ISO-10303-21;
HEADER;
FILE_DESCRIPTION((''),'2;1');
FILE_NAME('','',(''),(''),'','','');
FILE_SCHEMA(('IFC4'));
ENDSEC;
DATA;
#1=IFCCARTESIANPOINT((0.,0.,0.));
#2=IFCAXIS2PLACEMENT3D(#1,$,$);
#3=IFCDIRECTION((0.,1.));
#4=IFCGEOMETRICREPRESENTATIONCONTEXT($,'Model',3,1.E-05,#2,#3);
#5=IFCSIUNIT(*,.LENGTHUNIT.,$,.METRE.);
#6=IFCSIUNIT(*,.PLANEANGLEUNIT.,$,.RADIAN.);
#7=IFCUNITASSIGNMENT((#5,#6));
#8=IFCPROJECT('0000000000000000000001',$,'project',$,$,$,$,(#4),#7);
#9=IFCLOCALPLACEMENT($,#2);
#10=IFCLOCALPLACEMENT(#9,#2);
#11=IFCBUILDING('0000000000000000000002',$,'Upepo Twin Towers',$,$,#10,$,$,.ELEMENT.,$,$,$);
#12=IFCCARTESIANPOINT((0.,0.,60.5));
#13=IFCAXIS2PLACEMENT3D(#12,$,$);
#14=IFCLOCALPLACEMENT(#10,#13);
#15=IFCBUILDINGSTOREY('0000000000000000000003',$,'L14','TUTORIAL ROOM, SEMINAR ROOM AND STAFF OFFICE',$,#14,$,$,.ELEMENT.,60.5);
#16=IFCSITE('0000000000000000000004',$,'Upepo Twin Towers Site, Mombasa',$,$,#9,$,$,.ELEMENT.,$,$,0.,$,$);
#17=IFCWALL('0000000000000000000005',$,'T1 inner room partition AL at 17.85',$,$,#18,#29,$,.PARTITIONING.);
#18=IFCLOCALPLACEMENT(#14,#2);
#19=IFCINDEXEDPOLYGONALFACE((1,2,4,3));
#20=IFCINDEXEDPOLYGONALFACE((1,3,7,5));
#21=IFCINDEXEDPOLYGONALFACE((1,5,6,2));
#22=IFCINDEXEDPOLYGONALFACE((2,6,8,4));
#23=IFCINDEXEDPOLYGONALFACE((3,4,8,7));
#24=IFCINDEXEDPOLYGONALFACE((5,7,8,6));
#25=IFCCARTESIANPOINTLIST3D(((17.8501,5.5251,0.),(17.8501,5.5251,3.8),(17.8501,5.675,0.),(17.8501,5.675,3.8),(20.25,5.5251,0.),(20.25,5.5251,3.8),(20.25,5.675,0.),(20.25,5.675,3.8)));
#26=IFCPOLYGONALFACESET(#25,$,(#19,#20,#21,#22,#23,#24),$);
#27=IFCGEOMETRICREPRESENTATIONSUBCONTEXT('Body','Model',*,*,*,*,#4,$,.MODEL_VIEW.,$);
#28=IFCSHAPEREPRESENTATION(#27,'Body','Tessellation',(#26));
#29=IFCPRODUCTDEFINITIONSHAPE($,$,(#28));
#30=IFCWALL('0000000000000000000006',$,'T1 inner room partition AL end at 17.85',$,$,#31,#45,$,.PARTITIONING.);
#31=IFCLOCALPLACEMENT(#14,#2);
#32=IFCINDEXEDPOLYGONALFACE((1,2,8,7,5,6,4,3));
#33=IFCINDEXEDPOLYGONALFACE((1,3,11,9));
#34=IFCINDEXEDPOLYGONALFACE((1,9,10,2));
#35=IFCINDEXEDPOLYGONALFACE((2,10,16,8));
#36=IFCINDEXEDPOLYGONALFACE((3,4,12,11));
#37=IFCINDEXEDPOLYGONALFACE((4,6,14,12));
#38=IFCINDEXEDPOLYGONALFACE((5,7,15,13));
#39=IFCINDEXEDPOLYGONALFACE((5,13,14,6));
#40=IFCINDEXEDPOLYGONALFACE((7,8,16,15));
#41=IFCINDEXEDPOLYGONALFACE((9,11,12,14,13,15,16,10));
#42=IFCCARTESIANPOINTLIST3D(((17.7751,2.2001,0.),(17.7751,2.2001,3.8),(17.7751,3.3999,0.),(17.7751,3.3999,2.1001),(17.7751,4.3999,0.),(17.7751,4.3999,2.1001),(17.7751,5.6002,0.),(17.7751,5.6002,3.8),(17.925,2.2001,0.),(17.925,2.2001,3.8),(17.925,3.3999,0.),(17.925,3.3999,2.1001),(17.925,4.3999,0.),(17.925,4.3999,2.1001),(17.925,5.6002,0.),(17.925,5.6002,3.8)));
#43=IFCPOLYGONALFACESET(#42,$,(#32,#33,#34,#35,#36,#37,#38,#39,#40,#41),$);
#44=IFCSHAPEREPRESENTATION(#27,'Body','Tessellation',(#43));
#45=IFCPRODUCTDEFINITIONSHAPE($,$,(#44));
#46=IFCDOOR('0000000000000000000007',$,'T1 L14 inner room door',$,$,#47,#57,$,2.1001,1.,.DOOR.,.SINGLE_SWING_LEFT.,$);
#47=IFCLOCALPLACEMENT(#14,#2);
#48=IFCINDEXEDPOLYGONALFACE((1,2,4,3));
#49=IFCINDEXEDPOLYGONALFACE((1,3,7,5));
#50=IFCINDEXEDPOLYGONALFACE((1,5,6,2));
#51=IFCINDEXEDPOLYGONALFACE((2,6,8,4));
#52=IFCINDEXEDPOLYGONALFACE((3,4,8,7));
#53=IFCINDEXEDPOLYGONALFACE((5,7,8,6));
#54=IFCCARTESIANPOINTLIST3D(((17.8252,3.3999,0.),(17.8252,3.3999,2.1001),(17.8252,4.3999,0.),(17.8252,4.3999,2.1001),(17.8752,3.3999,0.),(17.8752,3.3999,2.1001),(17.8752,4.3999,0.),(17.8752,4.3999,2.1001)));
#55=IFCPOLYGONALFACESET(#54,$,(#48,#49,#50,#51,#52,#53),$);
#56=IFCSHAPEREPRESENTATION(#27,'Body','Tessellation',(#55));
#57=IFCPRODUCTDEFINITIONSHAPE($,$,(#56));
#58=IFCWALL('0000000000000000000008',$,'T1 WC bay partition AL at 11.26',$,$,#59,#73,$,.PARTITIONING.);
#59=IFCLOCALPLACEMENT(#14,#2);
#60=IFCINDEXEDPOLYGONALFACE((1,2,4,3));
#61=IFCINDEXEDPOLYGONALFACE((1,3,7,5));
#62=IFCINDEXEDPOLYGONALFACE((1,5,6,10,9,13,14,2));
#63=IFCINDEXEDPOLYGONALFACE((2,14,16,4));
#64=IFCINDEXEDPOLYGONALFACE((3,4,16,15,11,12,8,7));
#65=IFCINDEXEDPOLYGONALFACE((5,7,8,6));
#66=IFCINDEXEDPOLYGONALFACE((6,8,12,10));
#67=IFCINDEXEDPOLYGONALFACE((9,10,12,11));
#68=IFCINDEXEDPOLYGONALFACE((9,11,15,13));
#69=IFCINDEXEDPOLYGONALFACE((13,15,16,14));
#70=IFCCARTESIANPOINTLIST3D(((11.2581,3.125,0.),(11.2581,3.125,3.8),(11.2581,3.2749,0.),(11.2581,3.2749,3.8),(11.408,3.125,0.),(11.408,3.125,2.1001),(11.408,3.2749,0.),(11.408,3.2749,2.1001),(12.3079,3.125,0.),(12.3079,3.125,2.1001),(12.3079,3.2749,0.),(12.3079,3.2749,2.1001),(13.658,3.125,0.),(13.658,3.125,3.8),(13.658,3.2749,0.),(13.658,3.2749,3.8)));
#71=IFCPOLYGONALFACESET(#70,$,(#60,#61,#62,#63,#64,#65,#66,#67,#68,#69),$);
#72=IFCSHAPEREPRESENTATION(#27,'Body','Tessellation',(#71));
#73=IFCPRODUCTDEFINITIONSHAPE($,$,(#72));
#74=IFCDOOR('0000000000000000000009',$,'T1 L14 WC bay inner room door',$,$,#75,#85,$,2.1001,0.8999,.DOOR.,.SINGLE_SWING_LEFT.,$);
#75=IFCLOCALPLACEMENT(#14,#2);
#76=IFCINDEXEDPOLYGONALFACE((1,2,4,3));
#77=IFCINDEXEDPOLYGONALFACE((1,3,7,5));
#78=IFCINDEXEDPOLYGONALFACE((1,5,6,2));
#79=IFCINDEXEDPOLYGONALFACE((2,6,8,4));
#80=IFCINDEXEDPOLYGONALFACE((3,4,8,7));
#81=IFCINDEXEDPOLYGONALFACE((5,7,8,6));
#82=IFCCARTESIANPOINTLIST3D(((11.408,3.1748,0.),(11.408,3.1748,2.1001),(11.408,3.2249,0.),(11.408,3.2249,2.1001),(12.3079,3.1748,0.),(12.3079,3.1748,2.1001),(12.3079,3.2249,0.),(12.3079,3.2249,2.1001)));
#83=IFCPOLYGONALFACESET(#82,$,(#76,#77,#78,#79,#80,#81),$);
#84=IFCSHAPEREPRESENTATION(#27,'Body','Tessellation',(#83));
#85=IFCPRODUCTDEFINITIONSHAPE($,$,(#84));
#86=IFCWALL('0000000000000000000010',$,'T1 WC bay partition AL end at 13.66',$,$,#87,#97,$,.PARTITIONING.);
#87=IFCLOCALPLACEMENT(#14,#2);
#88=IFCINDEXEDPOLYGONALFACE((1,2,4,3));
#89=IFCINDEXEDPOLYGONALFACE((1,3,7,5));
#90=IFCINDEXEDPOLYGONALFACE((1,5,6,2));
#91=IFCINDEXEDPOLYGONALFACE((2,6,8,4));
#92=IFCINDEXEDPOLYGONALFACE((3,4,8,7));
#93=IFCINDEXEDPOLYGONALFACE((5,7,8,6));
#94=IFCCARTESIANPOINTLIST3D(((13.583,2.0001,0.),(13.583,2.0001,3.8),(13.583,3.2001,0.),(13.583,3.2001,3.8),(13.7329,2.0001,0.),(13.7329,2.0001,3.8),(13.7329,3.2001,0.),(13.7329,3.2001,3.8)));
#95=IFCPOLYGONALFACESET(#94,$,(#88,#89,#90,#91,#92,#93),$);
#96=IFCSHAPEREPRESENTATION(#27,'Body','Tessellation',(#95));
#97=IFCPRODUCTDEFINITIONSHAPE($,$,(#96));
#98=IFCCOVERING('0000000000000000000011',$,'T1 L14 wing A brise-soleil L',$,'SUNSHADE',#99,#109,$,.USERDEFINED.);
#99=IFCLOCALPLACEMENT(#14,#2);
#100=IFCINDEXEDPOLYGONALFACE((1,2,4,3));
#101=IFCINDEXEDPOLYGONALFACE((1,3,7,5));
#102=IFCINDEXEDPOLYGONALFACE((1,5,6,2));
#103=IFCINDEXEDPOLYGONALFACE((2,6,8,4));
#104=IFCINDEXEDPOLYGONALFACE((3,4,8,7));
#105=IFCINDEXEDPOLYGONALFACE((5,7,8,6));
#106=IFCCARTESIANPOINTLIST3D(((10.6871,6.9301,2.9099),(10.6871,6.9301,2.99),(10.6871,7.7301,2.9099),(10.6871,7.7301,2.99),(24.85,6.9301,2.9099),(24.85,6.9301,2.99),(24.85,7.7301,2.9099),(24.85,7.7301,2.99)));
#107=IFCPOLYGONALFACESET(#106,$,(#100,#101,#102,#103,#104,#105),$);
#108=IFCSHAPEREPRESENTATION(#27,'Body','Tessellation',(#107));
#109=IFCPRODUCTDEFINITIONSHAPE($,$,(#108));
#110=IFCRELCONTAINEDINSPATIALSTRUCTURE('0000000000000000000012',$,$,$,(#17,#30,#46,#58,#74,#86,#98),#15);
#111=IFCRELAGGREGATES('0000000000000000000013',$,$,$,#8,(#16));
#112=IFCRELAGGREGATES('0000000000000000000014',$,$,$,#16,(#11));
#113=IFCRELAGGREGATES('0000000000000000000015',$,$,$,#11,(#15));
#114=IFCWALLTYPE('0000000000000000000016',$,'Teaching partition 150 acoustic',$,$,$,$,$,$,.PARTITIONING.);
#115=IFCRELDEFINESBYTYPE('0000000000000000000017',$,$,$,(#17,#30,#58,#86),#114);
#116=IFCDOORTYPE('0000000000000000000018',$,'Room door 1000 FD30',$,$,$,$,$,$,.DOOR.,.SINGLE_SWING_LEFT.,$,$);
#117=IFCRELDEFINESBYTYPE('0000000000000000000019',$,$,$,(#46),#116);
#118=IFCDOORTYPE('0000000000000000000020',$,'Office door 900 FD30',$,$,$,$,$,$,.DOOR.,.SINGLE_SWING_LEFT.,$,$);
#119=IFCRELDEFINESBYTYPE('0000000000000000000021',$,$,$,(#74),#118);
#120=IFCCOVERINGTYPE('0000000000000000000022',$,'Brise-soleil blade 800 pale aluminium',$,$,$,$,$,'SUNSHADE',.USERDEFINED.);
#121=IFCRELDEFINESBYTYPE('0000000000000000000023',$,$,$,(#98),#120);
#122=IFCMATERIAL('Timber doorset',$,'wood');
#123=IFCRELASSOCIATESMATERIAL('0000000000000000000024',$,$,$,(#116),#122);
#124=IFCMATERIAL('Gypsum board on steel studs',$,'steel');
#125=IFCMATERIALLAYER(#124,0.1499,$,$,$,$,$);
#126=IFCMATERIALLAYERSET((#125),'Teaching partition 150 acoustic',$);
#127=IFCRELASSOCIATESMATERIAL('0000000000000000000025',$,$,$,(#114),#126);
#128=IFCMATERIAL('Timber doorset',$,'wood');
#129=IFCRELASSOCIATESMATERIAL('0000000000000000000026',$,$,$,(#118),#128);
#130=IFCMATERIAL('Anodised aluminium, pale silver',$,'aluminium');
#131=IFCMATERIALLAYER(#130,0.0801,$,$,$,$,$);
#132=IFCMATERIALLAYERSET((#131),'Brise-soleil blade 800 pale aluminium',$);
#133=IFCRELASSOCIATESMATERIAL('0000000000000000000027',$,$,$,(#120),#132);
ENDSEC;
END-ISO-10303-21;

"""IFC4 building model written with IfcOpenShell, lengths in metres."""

from ifc_helpers import new_model, si_unit, direction, frame, frame_2d, origin, origin_2d, place, context, subcontext, project, spatial, rectangle, extrude, material, layer, layer_set, type_object, element, fill, save


model = new_model("IFC4")

# Units and contexts
model_context = context("Model", 3, precision=1e-05, world=origin(), true_north=direction((0.0, 1.0)))
body_context = subcontext(model_context, "Body", "Model", "MODEL_VIEW")
ifc_project = project(units=[si_unit("LENGTHUNIT", "METRE"), si_unit("PLANEANGLEUNIT", "RADIAN")], contexts=[model_context])

# Site, building, storey
site_placement = place(None, origin())
site = spatial("IfcSite", under=ifc_project, at=site_placement, Name="Upepo Twin Towers Site, Mombasa", CompositionType="ELEMENT", RefElevation=0.0)
building_placement = place(site_placement, origin())
building = spatial("IfcBuilding", under=site, at=building_placement, Name="Upepo Twin Towers", CompositionType="ELEMENT")
storey_placement = place(building_placement, frame((0.0, 0.0, 60.5)))
storey = spatial("IfcBuildingStorey", under=building, at=storey_placement, Name="L14", Description="TUTORIAL ROOM, SEMINAR ROOM AND STAFF OFFICE", CompositionType="ELEMENT", Elevation=60.5)

# Shared definitions
ifc_material_1 = material(Name="Timber doorset", Category="wood")
door_type_1 = type_object("IfcDoorType", Name="Room door 1000 FD30", OperationType="SINGLE_SWING_LEFT", PredefinedType="DOOR", material=ifc_material_1)

# Wall
ifc_material_2 = material(Name="Gypsum board on steel studs", Category="steel")
ifc_layer_1 = layer(ifc_material_2, 0.1499)
ifc_layer_set_1 = layer_set([ifc_layer_1], Name="Teaching partition 150 acoustic")
wall_type_1 = type_object("IfcWallType", Name="Teaching partition 150 acoustic", PredefinedType="PARTITIONING", material=ifc_layer_set_1)
wall_1_placement = place(storey_placement, frame((17.8501, 5.6001, 0.0), z_axis=(0.0, 0.0, 1.0), x_axis=(1.0, 0.0, 0.0)))
element("IfcWall", 1, at=wall_1_placement, inside=storey, type_object=wall_type_1, Name="T1 inner room partition AL at 17.85", PredefinedType="PARTITIONING", context=body_context, shape_type="SweptSolid", body=[
    extrude(rectangle(XDim=2.3999, YDim=0.1499, at=frame_2d((1.2, 0.0))), origin(), (0.0, 0.0, 1.0), 3.8),
])

# Walls, openings, doors
wall_2_placement = place(storey_placement, frame((17.8501, 2.2, 0.0), z_axis=(0.0, 0.0, 1.0), x_axis=(0.0, 1.0, 0.0)))
wall_2 = element("IfcWall", 2, at=wall_2_placement, inside=storey, type_object=wall_type_1, Name="T1 inner room partition AL end at 17.85", PredefinedType="PARTITIONING", context=body_context, shape_type="SweptSolid", body=[
    extrude(rectangle(XDim=3.4001, YDim=0.1499, at=frame_2d((1.7002, 0.0))), origin(), (0.0, 0.0, 1.0), 3.8),
])
opening_1_placement = place(wall_2_placement, frame((1.2, 0.0, 0.0)))
opening_1 = element("IfcOpeningElement", 3, at=opening_1_placement, cuts=wall_2, PredefinedType="OPENING", context=body_context, shape_type="SweptSolid", body=[
    extrude(rectangle(XDim=1.0, YDim=2.1001, at=frame_2d((0.5, 1.05))), frame((0.0, 0.085, 0.0), z_axis=(0.0, -1.0, 0.0), x_axis=(1.0, 0.0, 0.0)), (0.0, 0.0, 1.0), 0.1699),
])
door_1_placement = place(opening_1_placement, origin())
door_1 = element("IfcDoor", 4, at=door_1_placement, inside=storey, type_object=door_type_1, Name="T1 L14 inner room door", OperationType="SINGLE_SWING_LEFT", OverallHeight=2.1001, OverallWidth=1.0, PredefinedType="DOOR", context=body_context, shape_type="SweptSolid", body=[
    extrude(rectangle(XDim=1.0, YDim=2.1001, at=frame_2d((0.5, 1.05))), frame((0.0, 0.0249, 0.0), z_axis=(0.0, -1.0, 0.0), x_axis=(1.0, 0.0, 0.0)), (0.0, 0.0, 1.0), 0.05),
])
fill(opening_1, door_1)
wall_3_placement = place(storey_placement, frame((11.2581, 3.2, 0.0), z_axis=(0.0, 0.0, 1.0), x_axis=(1.0, 0.0, 0.0)))
wall_3 = element("IfcWall", 5, at=wall_3_placement, inside=storey, type_object=wall_type_1, Name="T1 WC bay partition AL at 11.26", PredefinedType="PARTITIONING", context=body_context, shape_type="SweptSolid", body=[
    extrude(rectangle(XDim=2.3999, YDim=0.1499, at=frame_2d((1.2, 0.0))), origin(), (0.0, 0.0, 1.0), 3.8),
])
opening_2_placement = place(wall_3_placement, frame((0.1499, 0.0, 0.0)))
opening_2 = element("IfcOpeningElement", 6, at=opening_2_placement, cuts=wall_3, PredefinedType="OPENING", context=body_context, shape_type="SweptSolid", body=[
    extrude(rectangle(XDim=0.8999, YDim=2.1001, at=frame_2d((0.45, 1.05))), frame((0.0, 0.085, 0.0), z_axis=(0.0, -1.0, 0.0), x_axis=(1.0, 0.0, 0.0)), (0.0, 0.0, 1.0), 0.1699),
])
ifc_material_3 = material(Name="Timber doorset", Category="wood")
door_type_2 = type_object("IfcDoorType", Name="Office door 900 FD30", OperationType="SINGLE_SWING_LEFT", PredefinedType="DOOR", material=ifc_material_3)
door_2_placement = place(opening_2_placement, origin())
door_2 = element("IfcDoor", 7, at=door_2_placement, inside=storey, type_object=door_type_2, Name="T1 L14 WC bay inner room door", OperationType="SINGLE_SWING_LEFT", OverallHeight=2.1001, OverallWidth=0.8999, PredefinedType="DOOR", context=body_context, shape_type="SweptSolid", body=[
    extrude(rectangle(XDim=0.8999, YDim=2.1001, at=frame_2d((0.45, 1.05))), frame((0.0, 0.0249, 0.0), z_axis=(0.0, -1.0, 0.0), x_axis=(1.0, 0.0, 0.0)), (0.0, 0.0, 1.0), 0.05),
])
fill(opening_2, door_2)

# Wall
wall_4_placement = place(storey_placement, frame((13.658, 2.0, 0.0), z_axis=(0.0, 0.0, 1.0), x_axis=(0.0, 1.0, 0.0)))
element("IfcWall", 8, at=wall_4_placement, inside=storey, type_object=wall_type_1, Name="T1 WC bay partition AL end at 13.66", PredefinedType="PARTITIONING", context=body_context, shape_type="SweptSolid", body=[
    extrude(rectangle(XDim=1.2, YDim=0.1499, at=frame_2d((0.6001, 0.0))), origin(), (0.0, 0.0, 1.0), 3.8),
])

# Covering
ifc_material_4 = material(Name="Anodised aluminium, pale silver", Category="aluminium")
ifc_layer_2 = layer(ifc_material_4, 0.0801)
ifc_layer_set_2 = layer_set([ifc_layer_2], Name="Brise-soleil blade 800 pale aluminium")
covering_type = type_object("IfcCoveringType", Name="Brise-soleil blade 800 pale aluminium", ElementType="SUNSHADE", PredefinedType="USERDEFINED", material=ifc_layer_set_2)
covering_placement = place(storey_placement, frame((17.7686, 7.3301, 2.9099), z_axis=(0.0, 0.0, 1.0), x_axis=(1.0, 0.0, 0.0)))
element("IfcCovering", 9, at=covering_placement, inside=storey, type_object=covering_type, Name="T1 L14 wing A brise-soleil L", ObjectType="SUNSHADE", PredefinedType="USERDEFINED", context=body_context, shape_type="SweptSolid", body=[
    extrude(rectangle(XDim=14.1628, YDim=0.8, at=origin_2d()), origin(), (0.0, 0.0, 1.0), 0.0801),
])

save(model, "model.ifc")
